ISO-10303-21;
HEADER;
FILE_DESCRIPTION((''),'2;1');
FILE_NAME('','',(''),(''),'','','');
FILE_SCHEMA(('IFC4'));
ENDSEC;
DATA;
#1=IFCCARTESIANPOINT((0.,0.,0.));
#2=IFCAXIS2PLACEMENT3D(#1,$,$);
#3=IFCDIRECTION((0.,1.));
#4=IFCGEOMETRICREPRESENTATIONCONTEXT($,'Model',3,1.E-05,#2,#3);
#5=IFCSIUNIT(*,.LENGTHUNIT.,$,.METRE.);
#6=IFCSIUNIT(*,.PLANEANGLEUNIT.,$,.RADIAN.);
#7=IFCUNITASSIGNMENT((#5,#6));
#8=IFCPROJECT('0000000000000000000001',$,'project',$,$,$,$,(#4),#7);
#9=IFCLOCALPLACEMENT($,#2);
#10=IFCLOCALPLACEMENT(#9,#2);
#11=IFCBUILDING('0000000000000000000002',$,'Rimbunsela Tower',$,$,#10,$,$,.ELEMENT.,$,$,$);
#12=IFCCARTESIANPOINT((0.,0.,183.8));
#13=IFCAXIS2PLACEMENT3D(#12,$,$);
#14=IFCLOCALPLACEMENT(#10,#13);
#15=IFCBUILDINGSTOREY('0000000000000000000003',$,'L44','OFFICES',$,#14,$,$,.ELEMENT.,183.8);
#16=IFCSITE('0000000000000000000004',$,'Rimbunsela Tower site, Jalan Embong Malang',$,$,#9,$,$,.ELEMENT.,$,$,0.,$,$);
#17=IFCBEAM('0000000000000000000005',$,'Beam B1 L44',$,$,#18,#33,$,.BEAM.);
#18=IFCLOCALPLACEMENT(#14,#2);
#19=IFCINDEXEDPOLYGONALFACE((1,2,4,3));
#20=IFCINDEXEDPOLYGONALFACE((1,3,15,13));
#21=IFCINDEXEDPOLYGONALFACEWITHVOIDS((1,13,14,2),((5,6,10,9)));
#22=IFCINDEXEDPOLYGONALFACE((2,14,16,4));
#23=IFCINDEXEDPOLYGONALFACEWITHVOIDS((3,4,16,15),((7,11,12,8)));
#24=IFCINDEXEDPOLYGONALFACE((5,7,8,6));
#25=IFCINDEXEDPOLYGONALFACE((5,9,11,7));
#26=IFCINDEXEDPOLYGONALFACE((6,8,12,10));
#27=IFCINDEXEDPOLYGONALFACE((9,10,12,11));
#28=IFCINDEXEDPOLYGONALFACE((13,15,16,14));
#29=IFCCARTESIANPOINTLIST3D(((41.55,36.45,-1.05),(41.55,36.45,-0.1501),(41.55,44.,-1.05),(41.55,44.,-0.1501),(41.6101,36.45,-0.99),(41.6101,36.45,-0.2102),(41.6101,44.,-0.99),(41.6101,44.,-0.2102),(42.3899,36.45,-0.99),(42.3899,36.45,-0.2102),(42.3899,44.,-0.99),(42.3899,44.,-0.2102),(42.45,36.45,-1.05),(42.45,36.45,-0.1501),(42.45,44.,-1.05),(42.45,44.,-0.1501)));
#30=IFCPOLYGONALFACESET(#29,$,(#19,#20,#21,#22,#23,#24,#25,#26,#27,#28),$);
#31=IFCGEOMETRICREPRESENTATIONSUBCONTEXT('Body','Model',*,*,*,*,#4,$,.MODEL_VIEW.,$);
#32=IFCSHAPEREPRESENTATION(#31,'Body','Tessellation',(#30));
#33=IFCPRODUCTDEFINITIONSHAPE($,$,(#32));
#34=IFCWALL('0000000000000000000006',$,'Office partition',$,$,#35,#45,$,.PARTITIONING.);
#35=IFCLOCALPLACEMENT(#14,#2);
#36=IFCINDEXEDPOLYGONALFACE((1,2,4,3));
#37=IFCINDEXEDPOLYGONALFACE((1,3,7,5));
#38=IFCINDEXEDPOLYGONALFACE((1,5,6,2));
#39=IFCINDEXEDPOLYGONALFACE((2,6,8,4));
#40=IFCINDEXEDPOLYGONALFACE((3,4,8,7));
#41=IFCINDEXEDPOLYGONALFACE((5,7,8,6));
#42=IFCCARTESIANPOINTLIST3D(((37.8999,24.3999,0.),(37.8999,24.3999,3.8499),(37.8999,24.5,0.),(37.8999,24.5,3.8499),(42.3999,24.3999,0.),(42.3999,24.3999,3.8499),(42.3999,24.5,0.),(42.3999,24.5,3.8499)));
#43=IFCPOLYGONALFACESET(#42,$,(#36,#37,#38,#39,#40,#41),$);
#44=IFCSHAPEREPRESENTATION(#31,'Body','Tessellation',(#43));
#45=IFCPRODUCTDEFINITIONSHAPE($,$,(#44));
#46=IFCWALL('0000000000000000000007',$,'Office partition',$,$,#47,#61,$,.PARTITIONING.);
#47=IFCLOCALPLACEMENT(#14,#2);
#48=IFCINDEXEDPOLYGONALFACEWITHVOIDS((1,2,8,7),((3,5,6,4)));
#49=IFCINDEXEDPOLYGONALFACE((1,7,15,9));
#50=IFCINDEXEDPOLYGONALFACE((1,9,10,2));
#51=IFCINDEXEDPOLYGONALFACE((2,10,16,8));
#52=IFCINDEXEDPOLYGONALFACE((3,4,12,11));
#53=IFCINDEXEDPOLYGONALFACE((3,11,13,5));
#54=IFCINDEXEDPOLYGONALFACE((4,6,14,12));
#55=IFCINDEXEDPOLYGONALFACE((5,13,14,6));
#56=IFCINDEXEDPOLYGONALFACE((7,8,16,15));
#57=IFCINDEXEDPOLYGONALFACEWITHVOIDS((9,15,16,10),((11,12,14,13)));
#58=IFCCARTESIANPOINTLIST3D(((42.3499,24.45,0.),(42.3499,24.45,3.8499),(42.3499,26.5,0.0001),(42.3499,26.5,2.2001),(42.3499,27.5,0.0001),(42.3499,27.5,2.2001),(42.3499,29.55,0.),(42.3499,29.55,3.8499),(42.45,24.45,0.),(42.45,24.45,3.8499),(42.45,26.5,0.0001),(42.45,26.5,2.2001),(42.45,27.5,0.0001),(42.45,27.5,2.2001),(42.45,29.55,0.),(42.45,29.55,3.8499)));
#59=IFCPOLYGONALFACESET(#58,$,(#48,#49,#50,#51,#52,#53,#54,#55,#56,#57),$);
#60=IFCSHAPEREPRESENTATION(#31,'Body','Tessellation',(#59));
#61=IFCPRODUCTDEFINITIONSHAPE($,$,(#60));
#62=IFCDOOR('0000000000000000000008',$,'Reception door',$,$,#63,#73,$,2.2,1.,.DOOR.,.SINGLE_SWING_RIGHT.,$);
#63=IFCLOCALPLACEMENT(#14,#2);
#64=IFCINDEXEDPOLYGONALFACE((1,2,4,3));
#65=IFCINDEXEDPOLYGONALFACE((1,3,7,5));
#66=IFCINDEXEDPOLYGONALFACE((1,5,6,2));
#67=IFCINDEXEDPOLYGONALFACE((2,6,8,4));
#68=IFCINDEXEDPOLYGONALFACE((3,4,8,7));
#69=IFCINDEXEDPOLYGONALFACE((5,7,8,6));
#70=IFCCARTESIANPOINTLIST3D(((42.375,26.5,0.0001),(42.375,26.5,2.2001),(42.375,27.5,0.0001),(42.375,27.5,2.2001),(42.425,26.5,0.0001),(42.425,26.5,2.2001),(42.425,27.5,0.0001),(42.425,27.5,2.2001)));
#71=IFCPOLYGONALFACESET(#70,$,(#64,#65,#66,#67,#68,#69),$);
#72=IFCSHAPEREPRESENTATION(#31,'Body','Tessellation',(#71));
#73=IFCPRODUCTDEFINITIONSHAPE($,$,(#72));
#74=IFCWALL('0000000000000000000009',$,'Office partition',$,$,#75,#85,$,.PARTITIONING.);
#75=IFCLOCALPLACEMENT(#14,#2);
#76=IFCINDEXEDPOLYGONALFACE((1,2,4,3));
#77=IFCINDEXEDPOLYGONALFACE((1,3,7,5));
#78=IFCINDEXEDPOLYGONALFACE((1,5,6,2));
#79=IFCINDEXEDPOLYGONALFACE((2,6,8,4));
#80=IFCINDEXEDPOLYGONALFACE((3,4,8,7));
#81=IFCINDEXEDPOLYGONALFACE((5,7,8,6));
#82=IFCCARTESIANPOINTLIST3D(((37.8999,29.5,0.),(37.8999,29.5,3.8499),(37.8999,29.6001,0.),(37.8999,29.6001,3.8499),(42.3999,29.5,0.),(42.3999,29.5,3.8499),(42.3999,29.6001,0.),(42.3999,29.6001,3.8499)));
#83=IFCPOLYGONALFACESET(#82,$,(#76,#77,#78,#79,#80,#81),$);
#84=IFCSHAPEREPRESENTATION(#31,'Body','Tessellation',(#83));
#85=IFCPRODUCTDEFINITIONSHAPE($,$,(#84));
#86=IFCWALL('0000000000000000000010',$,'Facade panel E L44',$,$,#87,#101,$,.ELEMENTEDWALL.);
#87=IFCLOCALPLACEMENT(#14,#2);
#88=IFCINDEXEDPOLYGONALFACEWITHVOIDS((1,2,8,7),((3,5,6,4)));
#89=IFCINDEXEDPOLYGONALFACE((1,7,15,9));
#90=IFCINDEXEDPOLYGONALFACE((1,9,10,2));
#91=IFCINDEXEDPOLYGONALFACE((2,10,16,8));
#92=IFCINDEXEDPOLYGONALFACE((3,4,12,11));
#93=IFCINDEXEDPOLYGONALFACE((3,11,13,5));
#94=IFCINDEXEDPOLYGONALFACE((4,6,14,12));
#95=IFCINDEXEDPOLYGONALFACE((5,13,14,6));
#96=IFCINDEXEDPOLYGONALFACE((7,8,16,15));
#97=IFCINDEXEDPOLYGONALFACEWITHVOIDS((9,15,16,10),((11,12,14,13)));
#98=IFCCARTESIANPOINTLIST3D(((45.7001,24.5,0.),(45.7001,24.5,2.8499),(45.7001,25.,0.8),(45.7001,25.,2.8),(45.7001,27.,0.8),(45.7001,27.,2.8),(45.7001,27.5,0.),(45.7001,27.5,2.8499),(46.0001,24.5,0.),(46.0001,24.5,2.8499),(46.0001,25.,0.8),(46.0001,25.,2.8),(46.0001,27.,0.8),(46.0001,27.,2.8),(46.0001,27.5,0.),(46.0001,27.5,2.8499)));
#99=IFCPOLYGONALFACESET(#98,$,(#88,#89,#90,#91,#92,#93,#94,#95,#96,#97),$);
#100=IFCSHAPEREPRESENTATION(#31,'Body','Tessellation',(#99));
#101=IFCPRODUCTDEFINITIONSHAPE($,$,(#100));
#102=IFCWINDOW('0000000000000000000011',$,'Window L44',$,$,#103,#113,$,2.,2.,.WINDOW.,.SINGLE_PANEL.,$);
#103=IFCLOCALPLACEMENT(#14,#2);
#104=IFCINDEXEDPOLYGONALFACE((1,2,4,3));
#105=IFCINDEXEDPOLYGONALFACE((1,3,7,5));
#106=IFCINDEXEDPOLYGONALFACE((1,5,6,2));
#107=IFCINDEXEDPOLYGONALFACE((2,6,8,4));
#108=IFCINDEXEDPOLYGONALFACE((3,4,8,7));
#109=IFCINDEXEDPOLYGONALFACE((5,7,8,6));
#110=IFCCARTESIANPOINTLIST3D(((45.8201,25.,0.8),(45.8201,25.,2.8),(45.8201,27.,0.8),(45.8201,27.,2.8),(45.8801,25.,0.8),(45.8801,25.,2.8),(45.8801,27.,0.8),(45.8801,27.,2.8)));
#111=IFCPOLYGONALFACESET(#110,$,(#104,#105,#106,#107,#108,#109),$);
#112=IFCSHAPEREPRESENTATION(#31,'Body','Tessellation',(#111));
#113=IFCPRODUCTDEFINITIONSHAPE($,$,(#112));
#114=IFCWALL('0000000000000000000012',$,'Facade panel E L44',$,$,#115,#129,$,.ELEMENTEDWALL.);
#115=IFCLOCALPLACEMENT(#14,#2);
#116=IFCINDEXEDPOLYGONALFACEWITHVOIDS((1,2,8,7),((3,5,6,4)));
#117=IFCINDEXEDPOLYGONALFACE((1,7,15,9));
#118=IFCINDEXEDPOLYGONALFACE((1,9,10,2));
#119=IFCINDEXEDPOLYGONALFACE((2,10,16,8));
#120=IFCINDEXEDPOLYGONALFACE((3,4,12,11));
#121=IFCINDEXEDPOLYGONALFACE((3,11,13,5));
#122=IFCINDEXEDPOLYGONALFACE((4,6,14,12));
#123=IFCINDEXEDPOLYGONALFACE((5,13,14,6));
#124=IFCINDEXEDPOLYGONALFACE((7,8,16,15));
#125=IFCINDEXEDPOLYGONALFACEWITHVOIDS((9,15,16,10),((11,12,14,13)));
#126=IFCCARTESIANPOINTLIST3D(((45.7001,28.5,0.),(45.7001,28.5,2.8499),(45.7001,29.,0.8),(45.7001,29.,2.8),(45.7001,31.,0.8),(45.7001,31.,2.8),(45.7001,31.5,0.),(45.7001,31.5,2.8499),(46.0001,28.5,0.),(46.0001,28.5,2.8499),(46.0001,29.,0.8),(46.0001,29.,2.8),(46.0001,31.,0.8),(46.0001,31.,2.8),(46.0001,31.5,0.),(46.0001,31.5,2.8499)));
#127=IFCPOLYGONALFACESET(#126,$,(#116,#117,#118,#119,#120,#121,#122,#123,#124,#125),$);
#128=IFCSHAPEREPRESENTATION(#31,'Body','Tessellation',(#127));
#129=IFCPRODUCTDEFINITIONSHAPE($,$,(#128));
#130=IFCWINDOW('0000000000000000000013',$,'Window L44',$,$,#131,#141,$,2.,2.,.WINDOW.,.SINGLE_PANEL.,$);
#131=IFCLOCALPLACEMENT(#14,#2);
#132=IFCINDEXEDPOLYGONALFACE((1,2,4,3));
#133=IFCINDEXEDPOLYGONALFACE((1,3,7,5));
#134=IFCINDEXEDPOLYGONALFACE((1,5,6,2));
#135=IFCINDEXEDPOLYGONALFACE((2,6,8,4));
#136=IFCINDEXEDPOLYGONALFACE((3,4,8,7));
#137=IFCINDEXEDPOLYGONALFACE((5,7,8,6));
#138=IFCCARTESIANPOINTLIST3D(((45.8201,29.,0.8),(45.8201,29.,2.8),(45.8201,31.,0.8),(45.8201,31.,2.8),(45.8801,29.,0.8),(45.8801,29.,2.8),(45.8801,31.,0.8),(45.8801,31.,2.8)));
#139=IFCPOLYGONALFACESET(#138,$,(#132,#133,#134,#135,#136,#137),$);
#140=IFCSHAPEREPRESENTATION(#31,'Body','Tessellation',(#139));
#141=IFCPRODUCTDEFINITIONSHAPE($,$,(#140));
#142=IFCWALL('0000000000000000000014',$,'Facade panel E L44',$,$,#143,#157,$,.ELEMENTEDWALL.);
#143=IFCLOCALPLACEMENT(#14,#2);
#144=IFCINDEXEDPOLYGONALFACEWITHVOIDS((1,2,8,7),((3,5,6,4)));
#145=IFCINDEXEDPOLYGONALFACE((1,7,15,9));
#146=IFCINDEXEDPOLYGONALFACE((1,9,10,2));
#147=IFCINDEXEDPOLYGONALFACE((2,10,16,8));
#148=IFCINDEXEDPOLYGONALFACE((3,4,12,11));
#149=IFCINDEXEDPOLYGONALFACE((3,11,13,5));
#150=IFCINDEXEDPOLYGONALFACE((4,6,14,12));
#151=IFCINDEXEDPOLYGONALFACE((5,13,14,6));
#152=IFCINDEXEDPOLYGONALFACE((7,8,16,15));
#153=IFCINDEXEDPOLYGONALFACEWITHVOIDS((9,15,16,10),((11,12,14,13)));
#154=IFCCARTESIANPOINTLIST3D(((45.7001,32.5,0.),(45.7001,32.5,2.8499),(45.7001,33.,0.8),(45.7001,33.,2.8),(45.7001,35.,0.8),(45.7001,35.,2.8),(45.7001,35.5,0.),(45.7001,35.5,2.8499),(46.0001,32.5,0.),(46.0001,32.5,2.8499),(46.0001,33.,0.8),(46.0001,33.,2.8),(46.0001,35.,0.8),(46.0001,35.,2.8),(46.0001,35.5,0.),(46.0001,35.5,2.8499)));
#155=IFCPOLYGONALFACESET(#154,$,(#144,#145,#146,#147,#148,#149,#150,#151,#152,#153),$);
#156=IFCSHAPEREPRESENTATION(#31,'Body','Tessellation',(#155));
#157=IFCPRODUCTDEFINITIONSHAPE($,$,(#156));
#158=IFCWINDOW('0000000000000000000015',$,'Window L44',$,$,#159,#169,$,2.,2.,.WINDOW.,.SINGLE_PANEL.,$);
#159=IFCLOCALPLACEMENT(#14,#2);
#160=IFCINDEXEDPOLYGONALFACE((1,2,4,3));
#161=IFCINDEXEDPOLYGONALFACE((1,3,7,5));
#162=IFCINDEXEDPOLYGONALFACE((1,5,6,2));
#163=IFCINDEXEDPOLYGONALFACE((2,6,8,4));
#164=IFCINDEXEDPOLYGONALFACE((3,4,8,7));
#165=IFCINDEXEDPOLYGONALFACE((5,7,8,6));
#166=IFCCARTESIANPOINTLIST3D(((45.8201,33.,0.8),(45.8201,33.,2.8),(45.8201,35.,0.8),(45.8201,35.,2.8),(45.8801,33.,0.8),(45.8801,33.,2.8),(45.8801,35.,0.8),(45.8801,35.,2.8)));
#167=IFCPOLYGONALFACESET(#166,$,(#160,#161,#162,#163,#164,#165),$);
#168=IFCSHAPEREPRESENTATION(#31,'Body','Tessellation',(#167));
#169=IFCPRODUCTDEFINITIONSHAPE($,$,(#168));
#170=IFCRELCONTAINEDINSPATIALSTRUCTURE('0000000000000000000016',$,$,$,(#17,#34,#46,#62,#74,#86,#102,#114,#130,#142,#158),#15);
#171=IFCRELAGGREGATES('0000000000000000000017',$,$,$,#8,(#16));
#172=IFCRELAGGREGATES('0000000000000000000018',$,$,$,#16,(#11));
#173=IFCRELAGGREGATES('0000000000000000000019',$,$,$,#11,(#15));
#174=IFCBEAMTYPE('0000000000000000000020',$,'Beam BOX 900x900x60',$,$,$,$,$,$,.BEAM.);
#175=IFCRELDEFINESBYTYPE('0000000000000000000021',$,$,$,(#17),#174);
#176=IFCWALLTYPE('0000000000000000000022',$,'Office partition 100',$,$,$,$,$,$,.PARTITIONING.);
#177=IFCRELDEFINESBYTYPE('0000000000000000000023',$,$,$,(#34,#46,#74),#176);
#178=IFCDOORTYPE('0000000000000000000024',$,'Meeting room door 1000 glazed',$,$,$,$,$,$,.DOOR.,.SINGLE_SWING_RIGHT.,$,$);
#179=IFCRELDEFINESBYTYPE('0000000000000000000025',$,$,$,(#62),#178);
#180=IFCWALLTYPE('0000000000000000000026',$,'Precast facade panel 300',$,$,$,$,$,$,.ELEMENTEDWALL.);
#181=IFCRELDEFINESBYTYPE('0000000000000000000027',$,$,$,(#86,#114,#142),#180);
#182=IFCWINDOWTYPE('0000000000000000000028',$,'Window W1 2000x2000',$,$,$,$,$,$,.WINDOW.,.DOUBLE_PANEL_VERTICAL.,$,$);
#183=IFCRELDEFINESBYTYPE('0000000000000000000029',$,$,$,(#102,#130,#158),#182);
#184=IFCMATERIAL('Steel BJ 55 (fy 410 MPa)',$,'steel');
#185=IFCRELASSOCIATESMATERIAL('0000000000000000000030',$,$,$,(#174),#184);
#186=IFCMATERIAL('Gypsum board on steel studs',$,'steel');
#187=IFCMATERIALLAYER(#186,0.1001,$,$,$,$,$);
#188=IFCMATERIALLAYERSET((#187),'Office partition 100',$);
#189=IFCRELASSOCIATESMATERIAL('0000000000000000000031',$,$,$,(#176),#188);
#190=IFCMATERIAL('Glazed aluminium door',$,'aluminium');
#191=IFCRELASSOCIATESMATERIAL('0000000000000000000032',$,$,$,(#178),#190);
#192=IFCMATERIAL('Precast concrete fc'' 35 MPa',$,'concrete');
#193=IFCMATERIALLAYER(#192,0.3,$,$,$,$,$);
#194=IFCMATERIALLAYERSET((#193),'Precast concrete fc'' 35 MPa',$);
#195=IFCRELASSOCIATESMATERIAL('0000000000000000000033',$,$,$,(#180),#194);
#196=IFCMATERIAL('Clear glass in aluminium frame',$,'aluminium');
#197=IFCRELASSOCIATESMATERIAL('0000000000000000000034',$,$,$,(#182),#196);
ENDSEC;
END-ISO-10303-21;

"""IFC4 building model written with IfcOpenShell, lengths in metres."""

from ifc_helpers import new_model, si_unit, direction, frame, frame_2d, origin, origin_2d, place, context, subcontext, project, spatial, rectangle, hollow_rectangle, extrude, material, layer, layer_set, material_profile, profile_set, type_object, element, fill, save


model = new_model("IFC4")

# Units and contexts
model_context = context("Model", 3, precision=1e-05, world=origin(), true_north=direction((0.0, 1.0)))
body_context = subcontext(model_context, "Body", "Model", "MODEL_VIEW")
ifc_project = project(units=[si_unit("LENGTHUNIT", "METRE"), si_unit("PLANEANGLEUNIT", "RADIAN")], contexts=[model_context])

# Site, building, storey
site_placement = place(None, origin())
site = spatial("IfcSite", under=ifc_project, at=site_placement, Name="Rimbunsela Tower site, Jalan Embong Malang", CompositionType="ELEMENT", RefElevation=0.0)
building_placement = place(site_placement, origin())
building = spatial("IfcBuilding", under=site, at=building_placement, Name="Rimbunsela Tower", CompositionType="ELEMENT")
storey_placement = place(building_placement, frame((0.0, 0.0, 183.8)))
storey = spatial("IfcBuildingStorey", under=building, at=storey_placement, Name="L44", Description="OFFICES", CompositionType="ELEMENT", Elevation=183.8)

# Beam
ifc_material_1 = material(Name="Steel BJ 55 (fy 410 MPa)", Category="steel")
ifc_material_profile_1 = material_profile(ifc_material_1, hollow_rectangle(XDim=0.8999, YDim=0.8999, WallThickness=0.0601, at=origin_2d()), Name="BOX 900x900x60")
ifc_profile_set_1 = profile_set([ifc_material_profile_1], Name="Steel BJ 55 (fy 410 MPa)")
beam_type_1 = type_object("IfcBeamType", Name="Beam BOX 900x900x60", PredefinedType="BEAM", material=ifc_profile_set_1)
beam_1_placement = place(storey_placement, frame((42.0, 36.45, -0.6001), z_axis=(0.0, 1.0, 0.0), x_axis=(-1.0, 0.0, 0.0)))
element("IfcBeam", 1, at=beam_1_placement, inside=storey, type_object=beam_type_1, Name="Beam B1 L44", PredefinedType="BEAM", context=body_context, shape_type="SweptSolid", body=[
    extrude(hollow_rectangle(XDim=0.8999, YDim=0.8999, WallThickness=0.0601, at=origin_2d()), origin(), (0.0, 0.0, 1.0), 7.55),
])

# Wall
ifc_material_2 = material(Name="Gypsum board on steel studs", Category="steel")
ifc_layer_1 = layer(ifc_material_2, 0.1001)
ifc_layer_set_1 = layer_set([ifc_layer_1], Name="Office partition 100")
wall_type_1 = type_object("IfcWallType", Name="Office partition 100", PredefinedType="PARTITIONING", material=ifc_layer_set_1)
wall_1_placement = place(storey_placement, frame((37.8999, 24.45, 0.0), z_axis=(0.0, 0.0, 1.0), x_axis=(1.0, 0.0, 0.0)))
element("IfcWall", 2, at=wall_1_placement, inside=storey, type_object=wall_type_1, Name="Office partition", PredefinedType="PARTITIONING", context=body_context, shape_type="SweptSolid", body=[
    extrude(rectangle(XDim=4.5, YDim=0.1001, at=frame_2d((2.25, 0.0))), origin(), (0.0, 0.0, 1.0), 3.8499),
])

# Wall, opening, door
wall_2_placement = place(storey_placement, frame((42.3999, 24.45, 0.0), z_axis=(0.0, 0.0, 1.0), x_axis=(0.0, 1.0, 0.0)))
wall_2 = element("IfcWall", 3, at=wall_2_placement, inside=storey, type_object=wall_type_1, Name="Office partition", PredefinedType="PARTITIONING", context=body_context, shape_type="SweptSolid", body=[
    extrude(rectangle(XDim=5.1001, YDim=0.1001, at=frame_2d((2.55, 0.0))), origin(), (0.0, 0.0, 1.0), 3.8499),
])
opening_1_placement = place(wall_2_placement, frame((2.05, 0.0, 0.0)))
opening_1 = element("IfcOpeningElement", 4, at=opening_1_placement, cuts=wall_2, PredefinedType="OPENING", context=body_context, shape_type="SweptSolid", body=[
    extrude(rectangle(XDim=1.0, YDim=2.2, at=frame_2d((0.5, 1.1001))), frame((0.0, 0.0601, 0.0), z_axis=(0.0, -1.0, 0.0), x_axis=(1.0, 0.0, 0.0)), (0.0, 0.0, 1.0), 0.1201),
])
ifc_material_3 = material(Name="Glazed aluminium door", Category="aluminium")
door_type = type_object("IfcDoorType", Name="Meeting room door 1000 glazed", OperationType="SINGLE_SWING_RIGHT", PredefinedType="DOOR", material=ifc_material_3)
door_placement = place(opening_1_placement, origin())
door = element("IfcDoor", 5, at=door_placement, inside=storey, type_object=door_type, Name="Reception door", OperationType="SINGLE_SWING_RIGHT", OverallHeight=2.2, OverallWidth=1.0, PredefinedType="DOOR", context=body_context, shape_type="SweptSolid", body=[
    extrude(rectangle(XDim=1.0, YDim=2.2, at=frame_2d((0.5, 1.1001))), frame((0.0, 0.0249, 0.0), z_axis=(0.0, -1.0, 0.0), x_axis=(1.0, 0.0, 0.0)), (0.0, 0.0, 1.0), 0.05),
])
fill(opening_1, door)

# Wall
wall_3_placement = place(storey_placement, frame((42.3999, 29.55, 0.0), z_axis=(0.0, 0.0, 1.0), x_axis=(-1.0, 0.0, 0.0)))
element("IfcWall", 6, at=wall_3_placement, inside=storey, type_object=wall_type_1, Name="Office partition", PredefinedType="PARTITIONING", context=body_context, shape_type="SweptSolid", body=[
    extrude(rectangle(XDim=4.5, YDim=0.1001, at=frame_2d((2.25, 0.0))), origin(), (0.0, 0.0, 1.0), 3.8499),
])

# Walls, openings, windows
ifc_material_4 = material(Name="Precast concrete fc' 35 MPa", Category="concrete")
ifc_layer_2 = layer(ifc_material_4, 0.3)
ifc_layer_set_2 = layer_set([ifc_layer_2], Name="Precast concrete fc' 35 MPa")
wall_type_2 = type_object("IfcWallType", Name="Precast facade panel 300", PredefinedType="ELEMENTEDWALL", material=ifc_layer_set_2)
wall_4_placement = place(storey_placement, frame((45.8501, 24.5, 0.0), z_axis=(0.0, 0.0, 1.0), x_axis=(0.0, 1.0, 0.0)))
wall_4 = element("IfcWall", 7, at=wall_4_placement, inside=storey, type_object=wall_type_2, Name="Facade panel E L44", PredefinedType="ELEMENTEDWALL", context=body_context, shape_type="SweptSolid", body=[
    extrude(rectangle(XDim=3.0, YDim=0.3, at=frame_2d((1.5, 0.0))), origin(), (0.0, 0.0, 1.0), 2.8499),
])
opening_2_placement = place(wall_4_placement, frame((0.5, 0.0, 0.8)))
opening_2 = element("IfcOpeningElement", 8, at=opening_2_placement, cuts=wall_4, PredefinedType="OPENING", context=body_context, shape_type="SweptSolid", body=[
    extrude(rectangle(XDim=2.0, YDim=2.0, at=frame_2d((1.0, 1.0))), frame((0.0, 0.1599, 0.0), z_axis=(0.0, -1.0, 0.0), x_axis=(1.0, 0.0, 0.0)), (0.0, 0.0, 1.0), 0.3201),
])
ifc_material_5 = material(Name="Clear glass in aluminium frame", Category="aluminium")
window_type = type_object("IfcWindowType", Name="Window W1 2000x2000", PartitioningType="DOUBLE_PANEL_VERTICAL", PredefinedType="WINDOW", material=ifc_material_5)
window_1_placement = place(opening_2_placement, origin())
window_1 = element("IfcWindow", 9, at=window_1_placement, inside=storey, type_object=window_type, Name="Window L44", OverallHeight=2.0, OverallWidth=2.0, PartitioningType="SINGLE_PANEL", PredefinedType="WINDOW", context=body_context, shape_type="SweptSolid", body=[
    extrude(rectangle(XDim=2.0, YDim=2.0, at=frame_2d((1.0, 1.0))), frame((0.0, 0.03, 0.0), z_axis=(0.0, -1.0, 0.0), x_axis=(1.0, 0.0, 0.0)), (0.0, 0.0, 1.0), 0.0601),
])
fill(opening_2, window_1)
wall_5_placement = place(storey_placement, frame((45.8501, 28.5, 0.0), z_axis=(0.0, 0.0, 1.0), x_axis=(0.0, 1.0, 0.0)))
wall_5 = element("IfcWall", 10, at=wall_5_placement, inside=storey, type_object=wall_type_2, Name="Facade panel E L44", PredefinedType="ELEMENTEDWALL", context=body_context, shape_type="SweptSolid", body=[
    extrude(rectangle(XDim=3.0, YDim=0.3, at=frame_2d((1.5, 0.0))), origin(), (0.0, 0.0, 1.0), 2.8499),
])
opening_3_placement = place(wall_5_placement, frame((0.5, 0.0, 0.8)))
opening_3 = element("IfcOpeningElement", 11, at=opening_3_placement, cuts=wall_5, PredefinedType="OPENING", context=body_context, shape_type="SweptSolid", body=[
    extrude(rectangle(XDim=2.0, YDim=2.0, at=frame_2d((1.0, 1.0))), frame((0.0, 0.1599, 0.0), z_axis=(0.0, -1.0, 0.0), x_axis=(1.0, 0.0, 0.0)), (0.0, 0.0, 1.0), 0.3201),
])
window_2_placement = place(opening_3_placement, origin())
window_2 = element("IfcWindow", 12, at=window_2_placement, inside=storey, type_object=window_type, Name="Window L44", OverallHeight=2.0, OverallWidth=2.0, PartitioningType="SINGLE_PANEL", PredefinedType="WINDOW", context=body_context, shape_type="SweptSolid", body=[
    extrude(rectangle(XDim=2.0, YDim=2.0, at=frame_2d((1.0, 1.0))), frame((0.0, 0.03, 0.0), z_axis=(0.0, -1.0, 0.0), x_axis=(1.0, 0.0, 0.0)), (0.0, 0.0, 1.0), 0.0601),
])
fill(opening_3, window_2)
wall_6_placement = place(storey_placement, frame((45.8501, 32.5, 0.0), z_axis=(0.0, 0.0, 1.0), x_axis=(0.0, 1.0, 0.0)))
wall_6 = element("IfcWall", 13, at=wall_6_placement, inside=storey, type_object=wall_type_2, Name="Facade panel E L44", PredefinedType="ELEMENTEDWALL", context=body_context, shape_type="SweptSolid", body=[
    extrude(rectangle(XDim=3.0, YDim=0.3, at=frame_2d((1.5, 0.0))), origin(), (0.0, 0.0, 1.0), 2.8499),
])
opening_4_placement = place(wall_6_placement, frame((0.5, 0.0, 0.8)))
opening_4 = element("IfcOpeningElement", 14, at=opening_4_placement, cuts=wall_6, PredefinedType="OPENING", context=body_context, shape_type="SweptSolid", body=[
    extrude(rectangle(XDim=2.0, YDim=2.0, at=frame_2d((1.0, 1.0))), frame((0.0, 0.1599, 0.0), z_axis=(0.0, -1.0, 0.0), x_axis=(1.0, 0.0, 0.0)), (0.0, 0.0, 1.0), 0.3201),
])
window_3_placement = place(opening_4_placement, origin())
window_3 = element("IfcWindow", 15, at=window_3_placement, inside=storey, type_object=window_type, Name="Window L44", OverallHeight=2.0, OverallWidth=2.0, PartitioningType="SINGLE_PANEL", PredefinedType="WINDOW", context=body_context, shape_type="SweptSolid", body=[
    extrude(rectangle(XDim=2.0, YDim=2.0, at=frame_2d((1.0, 1.0))), frame((0.0, 0.03, 0.0), z_axis=(0.0, -1.0, 0.0), x_axis=(1.0, 0.0, 0.0)), (0.0, 0.0, 1.0), 0.0601),
])
fill(opening_4, window_3)

save(model, "model.ifc")
